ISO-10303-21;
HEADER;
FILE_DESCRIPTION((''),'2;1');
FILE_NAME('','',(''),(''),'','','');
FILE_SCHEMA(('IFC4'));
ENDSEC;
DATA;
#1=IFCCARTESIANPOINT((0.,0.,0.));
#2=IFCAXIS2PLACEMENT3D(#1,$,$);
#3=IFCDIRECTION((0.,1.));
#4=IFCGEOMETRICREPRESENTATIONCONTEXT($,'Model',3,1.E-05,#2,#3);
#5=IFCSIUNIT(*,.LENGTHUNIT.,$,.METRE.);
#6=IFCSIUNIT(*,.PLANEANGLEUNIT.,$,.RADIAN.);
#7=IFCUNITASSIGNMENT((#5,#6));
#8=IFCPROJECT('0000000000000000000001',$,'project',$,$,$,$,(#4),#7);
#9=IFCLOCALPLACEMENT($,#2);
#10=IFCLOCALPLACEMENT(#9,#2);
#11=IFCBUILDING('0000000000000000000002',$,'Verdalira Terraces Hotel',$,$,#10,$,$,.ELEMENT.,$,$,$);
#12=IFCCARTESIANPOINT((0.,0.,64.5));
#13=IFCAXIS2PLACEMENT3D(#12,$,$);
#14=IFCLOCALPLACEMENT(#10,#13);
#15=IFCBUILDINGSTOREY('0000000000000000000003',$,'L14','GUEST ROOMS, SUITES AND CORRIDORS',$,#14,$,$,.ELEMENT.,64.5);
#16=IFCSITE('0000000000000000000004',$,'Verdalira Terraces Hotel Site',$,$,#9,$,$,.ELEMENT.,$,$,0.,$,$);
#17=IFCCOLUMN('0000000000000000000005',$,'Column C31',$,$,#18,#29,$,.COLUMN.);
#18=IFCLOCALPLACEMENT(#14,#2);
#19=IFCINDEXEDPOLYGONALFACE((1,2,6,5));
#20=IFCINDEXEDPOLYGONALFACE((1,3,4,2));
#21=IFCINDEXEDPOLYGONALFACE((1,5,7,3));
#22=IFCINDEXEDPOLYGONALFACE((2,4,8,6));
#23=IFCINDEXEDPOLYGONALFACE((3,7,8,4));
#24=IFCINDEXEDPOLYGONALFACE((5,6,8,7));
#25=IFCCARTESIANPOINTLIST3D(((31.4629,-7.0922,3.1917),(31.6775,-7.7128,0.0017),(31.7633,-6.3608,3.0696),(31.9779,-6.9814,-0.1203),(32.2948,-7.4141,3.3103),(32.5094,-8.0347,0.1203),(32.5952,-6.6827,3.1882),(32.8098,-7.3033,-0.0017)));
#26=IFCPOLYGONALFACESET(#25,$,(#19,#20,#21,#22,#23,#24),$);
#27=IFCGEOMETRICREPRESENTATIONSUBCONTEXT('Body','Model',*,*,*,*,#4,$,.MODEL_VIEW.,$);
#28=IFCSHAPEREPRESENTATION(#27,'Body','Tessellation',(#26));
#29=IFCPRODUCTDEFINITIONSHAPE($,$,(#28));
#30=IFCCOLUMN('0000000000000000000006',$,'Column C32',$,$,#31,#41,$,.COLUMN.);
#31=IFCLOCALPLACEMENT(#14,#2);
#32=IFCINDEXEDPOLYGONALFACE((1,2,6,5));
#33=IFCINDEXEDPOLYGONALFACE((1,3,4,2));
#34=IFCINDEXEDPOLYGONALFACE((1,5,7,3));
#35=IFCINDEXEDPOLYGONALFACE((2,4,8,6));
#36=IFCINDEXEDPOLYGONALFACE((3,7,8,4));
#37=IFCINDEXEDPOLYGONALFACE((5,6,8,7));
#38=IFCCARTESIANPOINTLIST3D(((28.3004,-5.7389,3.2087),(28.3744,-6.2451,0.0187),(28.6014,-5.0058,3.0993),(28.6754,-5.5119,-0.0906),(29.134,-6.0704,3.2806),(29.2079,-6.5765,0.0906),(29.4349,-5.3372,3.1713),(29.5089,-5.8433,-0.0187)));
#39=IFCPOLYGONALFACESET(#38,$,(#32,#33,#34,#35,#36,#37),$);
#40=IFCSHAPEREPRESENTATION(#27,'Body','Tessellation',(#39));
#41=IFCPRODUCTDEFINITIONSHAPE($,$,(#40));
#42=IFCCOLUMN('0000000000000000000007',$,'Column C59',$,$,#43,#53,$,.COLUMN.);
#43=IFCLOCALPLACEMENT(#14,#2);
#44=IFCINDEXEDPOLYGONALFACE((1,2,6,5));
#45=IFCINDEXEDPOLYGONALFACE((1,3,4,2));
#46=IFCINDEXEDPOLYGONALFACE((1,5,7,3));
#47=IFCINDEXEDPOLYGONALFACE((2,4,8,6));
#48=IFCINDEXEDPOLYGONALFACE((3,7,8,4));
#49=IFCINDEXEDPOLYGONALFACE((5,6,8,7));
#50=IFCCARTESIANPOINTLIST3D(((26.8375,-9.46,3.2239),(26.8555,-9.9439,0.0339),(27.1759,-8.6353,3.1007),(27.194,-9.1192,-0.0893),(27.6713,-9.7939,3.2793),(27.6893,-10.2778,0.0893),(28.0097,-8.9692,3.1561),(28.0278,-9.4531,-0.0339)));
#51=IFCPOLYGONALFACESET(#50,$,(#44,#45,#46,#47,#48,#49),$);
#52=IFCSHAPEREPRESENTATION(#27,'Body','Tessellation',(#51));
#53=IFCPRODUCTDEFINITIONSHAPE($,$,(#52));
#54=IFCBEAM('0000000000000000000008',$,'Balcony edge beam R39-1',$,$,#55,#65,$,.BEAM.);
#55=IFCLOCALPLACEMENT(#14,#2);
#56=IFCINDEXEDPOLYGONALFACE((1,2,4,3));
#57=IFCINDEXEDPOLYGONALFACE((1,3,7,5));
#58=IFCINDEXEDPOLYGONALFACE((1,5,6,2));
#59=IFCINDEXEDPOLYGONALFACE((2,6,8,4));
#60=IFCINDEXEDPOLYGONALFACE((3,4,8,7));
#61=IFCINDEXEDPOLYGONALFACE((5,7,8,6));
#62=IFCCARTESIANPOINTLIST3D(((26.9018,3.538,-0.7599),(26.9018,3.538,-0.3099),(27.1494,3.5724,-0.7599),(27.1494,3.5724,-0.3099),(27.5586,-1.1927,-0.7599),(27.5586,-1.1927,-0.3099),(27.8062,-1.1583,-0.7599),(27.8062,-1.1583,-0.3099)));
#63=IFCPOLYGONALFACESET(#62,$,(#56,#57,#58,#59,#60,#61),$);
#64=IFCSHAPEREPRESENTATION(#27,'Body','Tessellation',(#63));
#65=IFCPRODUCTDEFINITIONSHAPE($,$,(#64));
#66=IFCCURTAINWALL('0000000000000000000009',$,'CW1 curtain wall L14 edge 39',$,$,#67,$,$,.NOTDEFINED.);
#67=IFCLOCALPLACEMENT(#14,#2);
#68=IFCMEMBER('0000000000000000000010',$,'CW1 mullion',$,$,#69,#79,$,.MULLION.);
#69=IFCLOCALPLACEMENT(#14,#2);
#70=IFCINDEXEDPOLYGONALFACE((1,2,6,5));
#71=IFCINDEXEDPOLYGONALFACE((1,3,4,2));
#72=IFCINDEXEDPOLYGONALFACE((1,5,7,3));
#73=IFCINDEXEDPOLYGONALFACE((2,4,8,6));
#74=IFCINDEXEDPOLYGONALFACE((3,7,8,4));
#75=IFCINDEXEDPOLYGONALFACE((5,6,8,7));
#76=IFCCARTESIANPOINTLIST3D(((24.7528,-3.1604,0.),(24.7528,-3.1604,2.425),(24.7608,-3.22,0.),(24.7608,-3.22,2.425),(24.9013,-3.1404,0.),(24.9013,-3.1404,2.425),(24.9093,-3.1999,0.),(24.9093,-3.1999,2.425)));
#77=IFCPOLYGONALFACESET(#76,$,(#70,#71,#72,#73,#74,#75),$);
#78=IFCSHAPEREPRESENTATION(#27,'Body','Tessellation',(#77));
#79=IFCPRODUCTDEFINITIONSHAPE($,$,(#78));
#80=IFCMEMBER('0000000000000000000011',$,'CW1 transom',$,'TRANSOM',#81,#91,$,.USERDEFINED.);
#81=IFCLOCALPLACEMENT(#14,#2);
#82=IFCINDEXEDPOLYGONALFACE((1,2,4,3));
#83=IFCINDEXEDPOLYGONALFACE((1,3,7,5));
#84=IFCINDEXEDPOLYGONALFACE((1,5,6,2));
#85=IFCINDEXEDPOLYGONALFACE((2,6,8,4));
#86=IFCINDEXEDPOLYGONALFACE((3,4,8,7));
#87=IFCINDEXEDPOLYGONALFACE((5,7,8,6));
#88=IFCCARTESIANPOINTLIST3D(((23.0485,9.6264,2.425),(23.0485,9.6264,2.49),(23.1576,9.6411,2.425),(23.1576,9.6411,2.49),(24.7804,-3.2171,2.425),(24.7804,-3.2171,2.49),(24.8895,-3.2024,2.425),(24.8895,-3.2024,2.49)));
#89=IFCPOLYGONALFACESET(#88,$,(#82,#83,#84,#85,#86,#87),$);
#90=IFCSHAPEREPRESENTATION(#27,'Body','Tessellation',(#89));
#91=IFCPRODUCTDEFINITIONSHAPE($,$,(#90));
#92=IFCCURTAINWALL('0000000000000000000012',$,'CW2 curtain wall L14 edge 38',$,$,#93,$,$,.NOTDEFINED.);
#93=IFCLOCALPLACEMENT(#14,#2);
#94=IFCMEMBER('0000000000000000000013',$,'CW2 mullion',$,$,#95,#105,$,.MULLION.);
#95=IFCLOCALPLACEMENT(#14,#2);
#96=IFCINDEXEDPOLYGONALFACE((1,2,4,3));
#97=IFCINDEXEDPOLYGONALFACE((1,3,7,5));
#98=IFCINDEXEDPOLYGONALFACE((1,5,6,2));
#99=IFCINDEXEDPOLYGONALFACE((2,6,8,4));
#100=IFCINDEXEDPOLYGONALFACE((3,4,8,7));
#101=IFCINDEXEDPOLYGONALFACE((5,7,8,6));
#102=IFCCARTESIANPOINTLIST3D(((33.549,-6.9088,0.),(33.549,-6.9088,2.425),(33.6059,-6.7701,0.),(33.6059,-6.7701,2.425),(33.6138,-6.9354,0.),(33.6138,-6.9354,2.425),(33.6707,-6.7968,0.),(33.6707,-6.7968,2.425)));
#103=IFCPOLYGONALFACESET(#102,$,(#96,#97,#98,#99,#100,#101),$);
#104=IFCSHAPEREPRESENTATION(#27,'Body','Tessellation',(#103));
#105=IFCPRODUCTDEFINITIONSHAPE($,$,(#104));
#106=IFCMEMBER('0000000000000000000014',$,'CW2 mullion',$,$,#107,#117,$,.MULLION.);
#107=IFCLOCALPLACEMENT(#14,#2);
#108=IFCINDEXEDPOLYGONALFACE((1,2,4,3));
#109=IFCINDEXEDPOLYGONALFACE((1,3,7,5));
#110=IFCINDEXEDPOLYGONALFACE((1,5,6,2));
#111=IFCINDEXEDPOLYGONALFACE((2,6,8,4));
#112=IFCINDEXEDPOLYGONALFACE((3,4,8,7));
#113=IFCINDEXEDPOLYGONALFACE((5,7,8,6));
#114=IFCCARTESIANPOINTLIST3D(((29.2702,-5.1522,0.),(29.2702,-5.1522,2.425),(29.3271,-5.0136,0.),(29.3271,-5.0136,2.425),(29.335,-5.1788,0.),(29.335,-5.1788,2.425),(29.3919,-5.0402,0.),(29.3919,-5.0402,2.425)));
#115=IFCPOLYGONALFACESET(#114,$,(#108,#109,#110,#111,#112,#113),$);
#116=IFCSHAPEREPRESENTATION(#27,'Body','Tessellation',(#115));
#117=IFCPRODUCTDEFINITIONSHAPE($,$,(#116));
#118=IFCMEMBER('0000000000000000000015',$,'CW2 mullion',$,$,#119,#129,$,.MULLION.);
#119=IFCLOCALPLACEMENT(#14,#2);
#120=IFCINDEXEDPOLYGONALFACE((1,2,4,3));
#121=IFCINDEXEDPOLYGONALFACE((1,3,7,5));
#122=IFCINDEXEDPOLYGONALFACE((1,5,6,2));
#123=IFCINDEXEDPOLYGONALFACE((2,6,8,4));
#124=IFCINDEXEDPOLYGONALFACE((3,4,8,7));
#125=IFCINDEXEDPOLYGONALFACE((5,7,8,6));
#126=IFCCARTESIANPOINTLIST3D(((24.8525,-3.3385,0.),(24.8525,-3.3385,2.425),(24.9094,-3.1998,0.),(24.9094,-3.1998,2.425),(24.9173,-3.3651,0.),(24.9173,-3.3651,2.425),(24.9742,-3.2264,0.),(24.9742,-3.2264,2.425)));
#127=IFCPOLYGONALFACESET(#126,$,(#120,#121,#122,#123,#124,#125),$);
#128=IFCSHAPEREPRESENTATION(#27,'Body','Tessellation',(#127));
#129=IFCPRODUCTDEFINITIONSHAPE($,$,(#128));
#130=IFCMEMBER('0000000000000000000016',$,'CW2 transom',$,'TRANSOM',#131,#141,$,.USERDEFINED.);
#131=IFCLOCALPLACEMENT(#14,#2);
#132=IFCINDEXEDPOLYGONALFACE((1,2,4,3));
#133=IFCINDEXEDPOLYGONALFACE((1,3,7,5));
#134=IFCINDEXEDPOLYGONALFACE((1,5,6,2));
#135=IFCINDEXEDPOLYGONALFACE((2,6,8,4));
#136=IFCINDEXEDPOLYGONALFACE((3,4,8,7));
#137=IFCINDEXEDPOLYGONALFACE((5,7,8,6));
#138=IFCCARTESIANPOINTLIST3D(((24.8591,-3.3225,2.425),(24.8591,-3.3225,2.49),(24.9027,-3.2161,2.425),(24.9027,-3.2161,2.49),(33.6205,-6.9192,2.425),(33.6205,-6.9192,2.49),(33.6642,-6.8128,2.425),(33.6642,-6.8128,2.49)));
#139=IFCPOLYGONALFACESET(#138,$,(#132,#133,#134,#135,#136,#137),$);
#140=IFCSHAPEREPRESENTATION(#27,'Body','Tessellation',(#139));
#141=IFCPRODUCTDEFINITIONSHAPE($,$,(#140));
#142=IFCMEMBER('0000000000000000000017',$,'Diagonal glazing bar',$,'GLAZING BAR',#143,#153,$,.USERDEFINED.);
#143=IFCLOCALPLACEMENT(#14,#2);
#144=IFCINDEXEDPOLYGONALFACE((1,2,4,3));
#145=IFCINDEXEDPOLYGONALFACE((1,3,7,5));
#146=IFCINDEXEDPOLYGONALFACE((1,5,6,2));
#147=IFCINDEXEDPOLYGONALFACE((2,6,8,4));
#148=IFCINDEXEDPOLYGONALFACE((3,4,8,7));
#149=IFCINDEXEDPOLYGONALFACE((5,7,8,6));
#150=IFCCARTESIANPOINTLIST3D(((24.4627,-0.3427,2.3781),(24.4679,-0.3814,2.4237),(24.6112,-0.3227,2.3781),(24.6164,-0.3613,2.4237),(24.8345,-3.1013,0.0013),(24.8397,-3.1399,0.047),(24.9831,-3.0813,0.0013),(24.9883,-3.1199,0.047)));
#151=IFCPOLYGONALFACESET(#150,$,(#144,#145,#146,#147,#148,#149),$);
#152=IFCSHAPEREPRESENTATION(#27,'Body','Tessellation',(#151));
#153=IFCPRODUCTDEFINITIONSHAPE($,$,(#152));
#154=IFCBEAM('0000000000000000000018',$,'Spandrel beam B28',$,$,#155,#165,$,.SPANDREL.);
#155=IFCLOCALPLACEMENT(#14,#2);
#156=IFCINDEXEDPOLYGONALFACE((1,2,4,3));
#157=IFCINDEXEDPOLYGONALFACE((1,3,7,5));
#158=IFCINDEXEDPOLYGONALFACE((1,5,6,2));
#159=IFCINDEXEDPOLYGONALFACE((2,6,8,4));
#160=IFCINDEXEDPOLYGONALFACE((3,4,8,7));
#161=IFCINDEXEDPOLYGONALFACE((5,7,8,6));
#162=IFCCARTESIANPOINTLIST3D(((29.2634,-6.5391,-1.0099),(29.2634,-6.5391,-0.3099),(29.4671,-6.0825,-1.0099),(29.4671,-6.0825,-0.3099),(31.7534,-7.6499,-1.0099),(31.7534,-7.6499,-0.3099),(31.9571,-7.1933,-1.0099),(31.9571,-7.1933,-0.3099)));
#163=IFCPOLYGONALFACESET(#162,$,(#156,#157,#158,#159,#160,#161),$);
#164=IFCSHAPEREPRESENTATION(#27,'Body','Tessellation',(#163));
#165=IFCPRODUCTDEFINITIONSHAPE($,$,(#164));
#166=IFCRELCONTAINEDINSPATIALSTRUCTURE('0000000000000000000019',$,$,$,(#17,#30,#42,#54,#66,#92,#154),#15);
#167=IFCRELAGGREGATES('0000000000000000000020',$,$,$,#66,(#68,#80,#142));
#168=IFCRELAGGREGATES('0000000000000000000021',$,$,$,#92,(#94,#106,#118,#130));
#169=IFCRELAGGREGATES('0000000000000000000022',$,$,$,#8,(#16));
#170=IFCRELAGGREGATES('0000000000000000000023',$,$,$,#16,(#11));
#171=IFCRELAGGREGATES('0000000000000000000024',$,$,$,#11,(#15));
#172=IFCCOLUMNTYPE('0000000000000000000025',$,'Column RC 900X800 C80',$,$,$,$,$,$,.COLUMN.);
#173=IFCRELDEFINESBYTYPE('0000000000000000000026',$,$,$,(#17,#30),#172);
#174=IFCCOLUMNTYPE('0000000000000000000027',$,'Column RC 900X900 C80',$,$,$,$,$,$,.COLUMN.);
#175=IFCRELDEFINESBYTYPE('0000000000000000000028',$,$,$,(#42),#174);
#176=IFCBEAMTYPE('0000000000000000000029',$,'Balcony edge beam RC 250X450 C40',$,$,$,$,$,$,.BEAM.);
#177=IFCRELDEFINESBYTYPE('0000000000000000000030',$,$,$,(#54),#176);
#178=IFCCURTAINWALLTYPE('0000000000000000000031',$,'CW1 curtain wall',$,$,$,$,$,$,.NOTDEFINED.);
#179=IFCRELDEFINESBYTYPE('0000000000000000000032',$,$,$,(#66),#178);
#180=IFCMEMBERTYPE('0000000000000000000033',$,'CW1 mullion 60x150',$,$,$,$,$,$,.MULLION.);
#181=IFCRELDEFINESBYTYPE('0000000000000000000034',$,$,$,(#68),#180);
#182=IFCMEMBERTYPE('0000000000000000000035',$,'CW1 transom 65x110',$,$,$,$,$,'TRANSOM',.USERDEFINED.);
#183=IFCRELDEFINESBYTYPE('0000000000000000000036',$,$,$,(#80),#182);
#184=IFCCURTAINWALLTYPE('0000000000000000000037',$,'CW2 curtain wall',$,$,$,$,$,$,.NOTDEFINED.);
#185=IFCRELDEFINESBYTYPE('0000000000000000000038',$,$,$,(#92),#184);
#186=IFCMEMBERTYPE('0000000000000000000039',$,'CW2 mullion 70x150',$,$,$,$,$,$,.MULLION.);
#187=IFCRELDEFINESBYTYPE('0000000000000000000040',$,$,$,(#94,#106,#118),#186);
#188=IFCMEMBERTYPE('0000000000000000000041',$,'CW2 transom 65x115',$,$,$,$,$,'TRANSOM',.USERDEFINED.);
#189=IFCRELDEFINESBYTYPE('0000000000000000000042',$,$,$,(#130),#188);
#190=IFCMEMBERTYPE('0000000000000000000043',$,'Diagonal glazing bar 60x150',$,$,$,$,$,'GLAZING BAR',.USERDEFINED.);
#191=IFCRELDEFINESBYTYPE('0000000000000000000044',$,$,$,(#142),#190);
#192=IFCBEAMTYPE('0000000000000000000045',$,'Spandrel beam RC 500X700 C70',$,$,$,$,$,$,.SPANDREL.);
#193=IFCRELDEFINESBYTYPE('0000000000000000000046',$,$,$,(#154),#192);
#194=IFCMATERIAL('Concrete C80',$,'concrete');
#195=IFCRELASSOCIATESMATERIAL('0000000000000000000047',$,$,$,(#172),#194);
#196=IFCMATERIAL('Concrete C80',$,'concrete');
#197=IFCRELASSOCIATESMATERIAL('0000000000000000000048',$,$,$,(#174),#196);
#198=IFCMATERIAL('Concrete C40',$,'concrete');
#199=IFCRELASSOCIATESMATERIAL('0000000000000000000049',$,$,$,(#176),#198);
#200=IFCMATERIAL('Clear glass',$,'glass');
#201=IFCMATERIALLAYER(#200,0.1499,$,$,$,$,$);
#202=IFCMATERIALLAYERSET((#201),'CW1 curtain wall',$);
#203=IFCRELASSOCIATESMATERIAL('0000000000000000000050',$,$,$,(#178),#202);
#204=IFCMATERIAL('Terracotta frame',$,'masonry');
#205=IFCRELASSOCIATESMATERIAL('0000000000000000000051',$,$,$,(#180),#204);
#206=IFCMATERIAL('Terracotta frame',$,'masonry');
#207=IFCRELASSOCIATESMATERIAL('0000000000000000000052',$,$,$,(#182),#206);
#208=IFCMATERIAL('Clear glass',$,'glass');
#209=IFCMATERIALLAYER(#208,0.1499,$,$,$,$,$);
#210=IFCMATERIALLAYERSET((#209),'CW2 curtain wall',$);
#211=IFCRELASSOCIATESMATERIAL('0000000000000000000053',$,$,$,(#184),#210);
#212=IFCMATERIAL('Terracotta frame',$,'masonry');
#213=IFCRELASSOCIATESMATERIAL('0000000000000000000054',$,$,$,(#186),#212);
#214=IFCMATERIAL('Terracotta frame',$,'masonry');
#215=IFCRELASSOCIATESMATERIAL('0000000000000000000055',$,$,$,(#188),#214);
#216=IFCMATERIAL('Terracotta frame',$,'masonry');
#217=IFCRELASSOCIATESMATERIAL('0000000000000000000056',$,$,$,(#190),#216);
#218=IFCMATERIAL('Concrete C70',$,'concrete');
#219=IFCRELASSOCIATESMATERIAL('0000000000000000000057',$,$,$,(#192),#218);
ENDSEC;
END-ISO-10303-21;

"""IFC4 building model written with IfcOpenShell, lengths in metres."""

from ifc_helpers import new_model, si_unit, direction, frame, origin, origin_2d, place, context, subcontext, project, spatial, rectangle, extrude, material, layer, layer_set, material_profile, profile_set, type_object, element, aggregate, save


model = new_model("IFC4")

# Units and contexts
model_context = context("Model", 3, precision=1e-05, world=origin(), true_north=direction((0.0, 1.0)))
body_context = subcontext(model_context, "Body", "Model", "MODEL_VIEW")
ifc_project = project(units=[si_unit("LENGTHUNIT", "METRE"), si_unit("PLANEANGLEUNIT", "RADIAN")], contexts=[model_context])

# Site, building, storey
site_placement = place(None, origin())
site = spatial("IfcSite", under=ifc_project, at=site_placement, Name="Verdalira Terraces Hotel Site", CompositionType="ELEMENT", RefElevation=0.0)
building_placement = place(site_placement, origin())
building = spatial("IfcBuilding", under=site, at=building_placement, Name="Verdalira Terraces Hotel", CompositionType="ELEMENT")
storey_placement = place(building_placement, frame((0.0, 0.0, 64.5)))
storey = spatial("IfcBuildingStorey", under=building, at=storey_placement, Name="L14", Description="GUEST ROOMS, SUITES AND CORRIDORS", CompositionType="ELEMENT", Elevation=64.5)

# Columns
ifc_material_1 = material(Name="Concrete C80", Category="concrete")
ifc_material_profile_1 = material_profile(ifc_material_1, rectangle(XDim=0.8999, YDim=0.8, at=origin_2d()), Name="RC 900X800")
ifc_profile_set_1 = profile_set([ifc_material_profile_1], Name="Concrete C80")
column_type_1 = type_object("IfcColumnType", Name="Column RC 900X800 C80", PredefinedType="COLUMN", material=ifc_profile_set_1)
column_1_placement = place(storey_placement, frame((32.2437, -7.5081, 0.0), z_axis=(-0.065892, 0.190555, 0.979463), x_axis=(-0.924498, 0.357683, -0.131782)))
element("IfcColumn", 1, at=column_1_placement, inside=storey, type_object=column_type_1, Name="Column C31", PredefinedType="COLUMN", context=body_context, shape_type="SweptSolid", body=[
    extrude(rectangle(XDim=0.8999, YDim=0.8, at=origin_2d()), origin(), (0.0, 0.0, 1.0), 3.2568),
])
column_2_placement = place(storey_placement, frame((28.9416, -6.0442, 0.0), z_axis=(-0.022897, 0.156655, 0.987388), x_axis=(-0.92626, 0.368316, -0.079916)))
element("IfcColumn", 2, at=column_2_placement, inside=storey, type_object=column_type_1, Name="Column C32", PredefinedType="COLUMN", context=body_context, shape_type="SweptSolid", body=[
    extrude(rectangle(XDim=0.8999, YDim=0.8, at=origin_2d()), origin(), (0.0, 0.0, 1.0), 3.2307),
])
ifc_material_2 = material(Name="Concrete C80", Category="concrete")
ifc_material_profile_2 = material_profile(ifc_material_2, rectangle(XDim=0.8999, YDim=0.8999, at=origin_2d()), Name="RC 900X900")
ifc_profile_set_2 = profile_set([ifc_material_profile_2], Name="Concrete C80")
column_type_2 = type_object("IfcColumnType", Name="Column RC 900X900 C80", PredefinedType="COLUMN", material=ifc_profile_set_2)
column_3_placement = place(storey_placement, frame((27.4416, -9.6985, 0.0), z_axis=(-0.005599, 0.149973, 0.988674), x_axis=(0.926569, -0.371058, 0.061534)))
element("IfcColumn", 3, at=column_3_placement, inside=storey, type_object=column_type_2, Name="Column C59", PredefinedType="COLUMN", context=body_context, shape_type="SweptSolid", body=[
    extrude(rectangle(XDim=0.8999, YDim=0.8999, at=origin_2d()), origin(), (0.0, 0.0, 1.0), 3.2266),
])

# Beam
ifc_material_3 = material(Name="Concrete C40", Category="concrete")
ifc_material_profile_3 = material_profile(ifc_material_3, rectangle(XDim=0.25, YDim=0.45, at=origin_2d()), Name="RC 250X450")
ifc_profile_set_3 = profile_set([ifc_material_profile_3], Name="Concrete C40")
beam_type_1 = type_object("IfcBeamType", Name="Balcony edge beam RC 250X450 C40", PredefinedType="BEAM", material=ifc_profile_set_3)
beam_1_placement = place(storey_placement, frame((27.6824, -1.1755, -0.5349), z_axis=(-0.137506, 0.990501, 0.0), x_axis=(-0.990501, -0.137506, 0.0)))
element("IfcBeam", 4, at=beam_1_placement, inside=storey, type_object=beam_type_1, Name="Balcony edge beam R39-1", PredefinedType="BEAM", context=body_context, shape_type="SweptSolid", body=[
    extrude(rectangle(XDim=0.25, YDim=0.45, at=origin_2d()), origin(), (0.0, 0.0, 1.0), 4.7761),
])

# Curtain walls, members
ifc_material_4 = material(Name="Clear glass", Category="glass")
ifc_layer_1 = layer(ifc_material_4, 0.1499)
ifc_layer_set_1 = layer_set([ifc_layer_1], Name="CW1 curtain wall")
curtain_wall_type_1 = type_object("IfcCurtainWallType", Name="CW1 curtain wall", PredefinedType="NOTDEFINED", material=ifc_layer_set_1)
curtain_wall_1_placement = place(storey_placement, origin())
curtain_wall_1 = element("IfcCurtainWall", 5, at=curtain_wall_1_placement, inside=storey, type_object=curtain_wall_type_1, Name="CW1 curtain wall L14 edge 39", PredefinedType="NOTDEFINED")
ifc_material_5 = material(Name="Terracotta frame", Category="masonry")
ifc_material_profile_4 = material_profile(ifc_material_5, rectangle(XDim=0.0601, YDim=0.1499, at=origin_2d()), Name="MU 60x150")
ifc_profile_set_4 = profile_set([ifc_material_profile_4], Name="Terracotta frame")
member_type_1 = type_object("IfcMemberType", Name="CW1 mullion 60x150", PredefinedType="MULLION", material=ifc_profile_set_4)
member_1_placement = place(storey_placement, frame((24.8311, -3.1802, 0.0), z_axis=(0.0, 0.0, 1.0), x_axis=(-0.13364, 0.99103, 0.0)))
member_1 = element("IfcMember", 6, at=member_1_placement, type_object=member_type_1, Name="CW1 mullion", PredefinedType="MULLION", context=body_context, shape_type="SweptSolid", body=[
    extrude(rectangle(XDim=0.0601, YDim=0.1499, at=origin_2d()), origin(), (0.0, 0.0, 1.0), 2.425),
])
ifc_material_6 = material(Name="Terracotta frame", Category="masonry")
ifc_material_profile_5 = material_profile(ifc_material_6, rectangle(XDim=0.1101, YDim=0.0649, at=origin_2d()), Name="TR 65x110")
ifc_profile_set_5 = profile_set([ifc_material_profile_5], Name="Terracotta frame")
member_type_2 = type_object("IfcMemberType", Name="CW1 transom 65x110", ElementType="TRANSOM", PredefinedType="USERDEFINED", material=ifc_profile_set_5)
member_2_placement = place(storey_placement, frame((24.835, -3.2097, 2.4575), z_axis=(-0.133639, 0.99103, 0.0), x_axis=(-0.99103, -0.133639, 0.0)))
member_2 = element("IfcMember", 7, at=member_2_placement, type_object=member_type_2, Name="CW1 transom", ObjectType="TRANSOM", PredefinedType="USERDEFINED", context=body_context, shape_type="SweptSolid", body=[
    extrude(rectangle(XDim=0.1101, YDim=0.0649, at=origin_2d()), origin(), (0.0, 0.0, 1.0), 12.9597),
])
ifc_material_7 = material(Name="Clear glass", Category="glass")
ifc_layer_2 = layer(ifc_material_7, 0.1499)
ifc_layer_set_2 = layer_set([ifc_layer_2], Name="CW2 curtain wall")
curtain_wall_type_2 = type_object("IfcCurtainWallType", Name="CW2 curtain wall", PredefinedType="NOTDEFINED", material=ifc_layer_set_2)
curtain_wall_2_placement = place(storey_placement, origin())
curtain_wall_2 = element("IfcCurtainWall", 8, at=curtain_wall_2_placement, inside=storey, type_object=curtain_wall_type_2, Name="CW2 curtain wall L14 edge 38", PredefinedType="NOTDEFINED")
ifc_material_8 = material(Name="Terracotta frame", Category="masonry")
ifc_material_profile_6 = material_profile(ifc_material_8, rectangle(XDim=0.0701, YDim=0.1499, at=origin_2d()), Name="MU 70x150")
ifc_profile_set_6 = profile_set([ifc_material_profile_6], Name="Terracotta frame")
member_type_3 = type_object("IfcMemberType", Name="CW2 mullion 70x150", PredefinedType="MULLION", material=ifc_profile_set_6)
member_3_placement = place(storey_placement, frame((33.6099, -6.8528, 0.0), z_axis=(0.0, 0.0, 1.0), x_axis=(-0.925077, 0.379779, 0.0)))
member_3 = element("IfcMember", 9, at=member_3_placement, type_object=member_type_3, Name="CW2 mullion", PredefinedType="MULLION", context=body_context, shape_type="SweptSolid", body=[
    extrude(rectangle(XDim=0.0701, YDim=0.1499, at=origin_2d()), origin(), (0.0, 0.0, 1.0), 2.425),
])
member_4_placement = place(storey_placement, frame((29.3311, -5.0962, 0.0), z_axis=(0.0, 0.0, 1.0), x_axis=(-0.925077, 0.379779, 0.0)))
member_4 = element("IfcMember", 10, at=member_4_placement, type_object=member_type_3, Name="CW2 mullion", PredefinedType="MULLION", context=body_context, shape_type="SweptSolid", body=[
    extrude(rectangle(XDim=0.0701, YDim=0.1499, at=origin_2d()), origin(), (0.0, 0.0, 1.0), 2.425),
])
member_5_placement = place(storey_placement, frame((24.9133, -3.2825, 0.0), z_axis=(0.0, 0.0, 1.0), x_axis=(-0.925077, 0.379779, 0.0)))
member_5 = element("IfcMember", 11, at=member_5_placement, type_object=member_type_3, Name="CW2 mullion", PredefinedType="MULLION", context=body_context, shape_type="SweptSolid", body=[
    extrude(rectangle(XDim=0.0701, YDim=0.1499, at=origin_2d()), origin(), (0.0, 0.0, 1.0), 2.425),
])
ifc_material_9 = material(Name="Terracotta frame", Category="masonry")
ifc_material_profile_7 = material_profile(ifc_material_9, rectangle(XDim=0.115, YDim=0.0649, at=origin_2d()), Name="TR 65x115")
ifc_profile_set_7 = profile_set([ifc_material_profile_7], Name="Terracotta frame")
member_type_4 = type_object("IfcMemberType", Name="CW2 transom 65x115", ElementType="TRANSOM", PredefinedType="USERDEFINED", material=ifc_profile_set_7)
member_6_placement = place(storey_placement, frame((33.6423, -6.866, 2.4575), z_axis=(-0.925086, 0.379758, 0.0), x_axis=(-0.379758, -0.925086, 0.0)))
member_6 = element("IfcMember", 12, at=member_6_placement, type_object=member_type_4, Name="CW2 transom", ObjectType="TRANSOM", PredefinedType="USERDEFINED", context=body_context, shape_type="SweptSolid", body=[
    extrude(rectangle(XDim=0.115, YDim=0.0649, at=origin_2d()), origin(), (0.0, 0.0, 1.0), 9.4709),
])

# Member
ifc_material_10 = material(Name="Terracotta frame", Category="masonry")
ifc_material_profile_8 = material_profile(ifc_material_10, rectangle(XDim=0.1499, YDim=0.0601, at=origin_2d()), Name="GB 60x150")
ifc_profile_set_8 = profile_set([ifc_material_profile_8], Name="Terracotta frame")
member_type_5 = type_object("IfcMemberType", Name="Diagonal glazing bar 60x150", ElementType="GLAZING BAR", PredefinedType="USERDEFINED", material=ifc_profile_set_8)
member_7_placement = place(storey_placement, frame((24.9114, -3.1106, 0.0242), z_axis=(-0.101588, 0.753674, 0.649351), x_axis=(-0.991038, -0.133583, 0.0)))
member_7 = element("IfcMember", 13, at=member_7_placement, type_object=member_type_5, Name="Diagonal glazing bar", ObjectType="GLAZING BAR", PredefinedType="USERDEFINED", context=body_context, shape_type="SweptSolid", body=[
    extrude(rectangle(XDim=0.1499, YDim=0.0601, at=origin_2d()), origin(), (0.0, 0.0, 1.0), 3.6602),
])

# Beam
ifc_material_11 = material(Name="Concrete C70", Category="concrete")
ifc_material_profile_9 = material_profile(ifc_material_11, rectangle(XDim=0.5, YDim=0.7, at=origin_2d()), Name="RC 500X700")
ifc_profile_set_9 = profile_set([ifc_material_profile_9], Name="Concrete C70")
beam_type_2 = type_object("IfcBeamType", Name="Spandrel beam RC 500X700 C70", PredefinedType="SPANDREL", material=ifc_profile_set_9)
beam_2_placement = place(storey_placement, frame((31.8552, -7.4216, -0.6599), z_axis=(-0.913242, 0.407418, 0.0), x_axis=(-0.407418, -0.913242, 0.0)))
element("IfcBeam", 14, at=beam_2_placement, inside=storey, type_object=beam_type_2, Name="Spandrel beam B28", PredefinedType="SPANDREL", context=body_context, shape_type="SweptSolid", body=[
    extrude(rectangle(XDim=0.5, YDim=0.7, at=origin_2d()), origin(), (0.0, 0.0, 1.0), 2.7266),
])

aggregate(curtain_wall_1, [member_1, member_2, member_7])
aggregate(curtain_wall_2, [member_3, member_4, member_5, member_6])

save(model, "model.ifc")
